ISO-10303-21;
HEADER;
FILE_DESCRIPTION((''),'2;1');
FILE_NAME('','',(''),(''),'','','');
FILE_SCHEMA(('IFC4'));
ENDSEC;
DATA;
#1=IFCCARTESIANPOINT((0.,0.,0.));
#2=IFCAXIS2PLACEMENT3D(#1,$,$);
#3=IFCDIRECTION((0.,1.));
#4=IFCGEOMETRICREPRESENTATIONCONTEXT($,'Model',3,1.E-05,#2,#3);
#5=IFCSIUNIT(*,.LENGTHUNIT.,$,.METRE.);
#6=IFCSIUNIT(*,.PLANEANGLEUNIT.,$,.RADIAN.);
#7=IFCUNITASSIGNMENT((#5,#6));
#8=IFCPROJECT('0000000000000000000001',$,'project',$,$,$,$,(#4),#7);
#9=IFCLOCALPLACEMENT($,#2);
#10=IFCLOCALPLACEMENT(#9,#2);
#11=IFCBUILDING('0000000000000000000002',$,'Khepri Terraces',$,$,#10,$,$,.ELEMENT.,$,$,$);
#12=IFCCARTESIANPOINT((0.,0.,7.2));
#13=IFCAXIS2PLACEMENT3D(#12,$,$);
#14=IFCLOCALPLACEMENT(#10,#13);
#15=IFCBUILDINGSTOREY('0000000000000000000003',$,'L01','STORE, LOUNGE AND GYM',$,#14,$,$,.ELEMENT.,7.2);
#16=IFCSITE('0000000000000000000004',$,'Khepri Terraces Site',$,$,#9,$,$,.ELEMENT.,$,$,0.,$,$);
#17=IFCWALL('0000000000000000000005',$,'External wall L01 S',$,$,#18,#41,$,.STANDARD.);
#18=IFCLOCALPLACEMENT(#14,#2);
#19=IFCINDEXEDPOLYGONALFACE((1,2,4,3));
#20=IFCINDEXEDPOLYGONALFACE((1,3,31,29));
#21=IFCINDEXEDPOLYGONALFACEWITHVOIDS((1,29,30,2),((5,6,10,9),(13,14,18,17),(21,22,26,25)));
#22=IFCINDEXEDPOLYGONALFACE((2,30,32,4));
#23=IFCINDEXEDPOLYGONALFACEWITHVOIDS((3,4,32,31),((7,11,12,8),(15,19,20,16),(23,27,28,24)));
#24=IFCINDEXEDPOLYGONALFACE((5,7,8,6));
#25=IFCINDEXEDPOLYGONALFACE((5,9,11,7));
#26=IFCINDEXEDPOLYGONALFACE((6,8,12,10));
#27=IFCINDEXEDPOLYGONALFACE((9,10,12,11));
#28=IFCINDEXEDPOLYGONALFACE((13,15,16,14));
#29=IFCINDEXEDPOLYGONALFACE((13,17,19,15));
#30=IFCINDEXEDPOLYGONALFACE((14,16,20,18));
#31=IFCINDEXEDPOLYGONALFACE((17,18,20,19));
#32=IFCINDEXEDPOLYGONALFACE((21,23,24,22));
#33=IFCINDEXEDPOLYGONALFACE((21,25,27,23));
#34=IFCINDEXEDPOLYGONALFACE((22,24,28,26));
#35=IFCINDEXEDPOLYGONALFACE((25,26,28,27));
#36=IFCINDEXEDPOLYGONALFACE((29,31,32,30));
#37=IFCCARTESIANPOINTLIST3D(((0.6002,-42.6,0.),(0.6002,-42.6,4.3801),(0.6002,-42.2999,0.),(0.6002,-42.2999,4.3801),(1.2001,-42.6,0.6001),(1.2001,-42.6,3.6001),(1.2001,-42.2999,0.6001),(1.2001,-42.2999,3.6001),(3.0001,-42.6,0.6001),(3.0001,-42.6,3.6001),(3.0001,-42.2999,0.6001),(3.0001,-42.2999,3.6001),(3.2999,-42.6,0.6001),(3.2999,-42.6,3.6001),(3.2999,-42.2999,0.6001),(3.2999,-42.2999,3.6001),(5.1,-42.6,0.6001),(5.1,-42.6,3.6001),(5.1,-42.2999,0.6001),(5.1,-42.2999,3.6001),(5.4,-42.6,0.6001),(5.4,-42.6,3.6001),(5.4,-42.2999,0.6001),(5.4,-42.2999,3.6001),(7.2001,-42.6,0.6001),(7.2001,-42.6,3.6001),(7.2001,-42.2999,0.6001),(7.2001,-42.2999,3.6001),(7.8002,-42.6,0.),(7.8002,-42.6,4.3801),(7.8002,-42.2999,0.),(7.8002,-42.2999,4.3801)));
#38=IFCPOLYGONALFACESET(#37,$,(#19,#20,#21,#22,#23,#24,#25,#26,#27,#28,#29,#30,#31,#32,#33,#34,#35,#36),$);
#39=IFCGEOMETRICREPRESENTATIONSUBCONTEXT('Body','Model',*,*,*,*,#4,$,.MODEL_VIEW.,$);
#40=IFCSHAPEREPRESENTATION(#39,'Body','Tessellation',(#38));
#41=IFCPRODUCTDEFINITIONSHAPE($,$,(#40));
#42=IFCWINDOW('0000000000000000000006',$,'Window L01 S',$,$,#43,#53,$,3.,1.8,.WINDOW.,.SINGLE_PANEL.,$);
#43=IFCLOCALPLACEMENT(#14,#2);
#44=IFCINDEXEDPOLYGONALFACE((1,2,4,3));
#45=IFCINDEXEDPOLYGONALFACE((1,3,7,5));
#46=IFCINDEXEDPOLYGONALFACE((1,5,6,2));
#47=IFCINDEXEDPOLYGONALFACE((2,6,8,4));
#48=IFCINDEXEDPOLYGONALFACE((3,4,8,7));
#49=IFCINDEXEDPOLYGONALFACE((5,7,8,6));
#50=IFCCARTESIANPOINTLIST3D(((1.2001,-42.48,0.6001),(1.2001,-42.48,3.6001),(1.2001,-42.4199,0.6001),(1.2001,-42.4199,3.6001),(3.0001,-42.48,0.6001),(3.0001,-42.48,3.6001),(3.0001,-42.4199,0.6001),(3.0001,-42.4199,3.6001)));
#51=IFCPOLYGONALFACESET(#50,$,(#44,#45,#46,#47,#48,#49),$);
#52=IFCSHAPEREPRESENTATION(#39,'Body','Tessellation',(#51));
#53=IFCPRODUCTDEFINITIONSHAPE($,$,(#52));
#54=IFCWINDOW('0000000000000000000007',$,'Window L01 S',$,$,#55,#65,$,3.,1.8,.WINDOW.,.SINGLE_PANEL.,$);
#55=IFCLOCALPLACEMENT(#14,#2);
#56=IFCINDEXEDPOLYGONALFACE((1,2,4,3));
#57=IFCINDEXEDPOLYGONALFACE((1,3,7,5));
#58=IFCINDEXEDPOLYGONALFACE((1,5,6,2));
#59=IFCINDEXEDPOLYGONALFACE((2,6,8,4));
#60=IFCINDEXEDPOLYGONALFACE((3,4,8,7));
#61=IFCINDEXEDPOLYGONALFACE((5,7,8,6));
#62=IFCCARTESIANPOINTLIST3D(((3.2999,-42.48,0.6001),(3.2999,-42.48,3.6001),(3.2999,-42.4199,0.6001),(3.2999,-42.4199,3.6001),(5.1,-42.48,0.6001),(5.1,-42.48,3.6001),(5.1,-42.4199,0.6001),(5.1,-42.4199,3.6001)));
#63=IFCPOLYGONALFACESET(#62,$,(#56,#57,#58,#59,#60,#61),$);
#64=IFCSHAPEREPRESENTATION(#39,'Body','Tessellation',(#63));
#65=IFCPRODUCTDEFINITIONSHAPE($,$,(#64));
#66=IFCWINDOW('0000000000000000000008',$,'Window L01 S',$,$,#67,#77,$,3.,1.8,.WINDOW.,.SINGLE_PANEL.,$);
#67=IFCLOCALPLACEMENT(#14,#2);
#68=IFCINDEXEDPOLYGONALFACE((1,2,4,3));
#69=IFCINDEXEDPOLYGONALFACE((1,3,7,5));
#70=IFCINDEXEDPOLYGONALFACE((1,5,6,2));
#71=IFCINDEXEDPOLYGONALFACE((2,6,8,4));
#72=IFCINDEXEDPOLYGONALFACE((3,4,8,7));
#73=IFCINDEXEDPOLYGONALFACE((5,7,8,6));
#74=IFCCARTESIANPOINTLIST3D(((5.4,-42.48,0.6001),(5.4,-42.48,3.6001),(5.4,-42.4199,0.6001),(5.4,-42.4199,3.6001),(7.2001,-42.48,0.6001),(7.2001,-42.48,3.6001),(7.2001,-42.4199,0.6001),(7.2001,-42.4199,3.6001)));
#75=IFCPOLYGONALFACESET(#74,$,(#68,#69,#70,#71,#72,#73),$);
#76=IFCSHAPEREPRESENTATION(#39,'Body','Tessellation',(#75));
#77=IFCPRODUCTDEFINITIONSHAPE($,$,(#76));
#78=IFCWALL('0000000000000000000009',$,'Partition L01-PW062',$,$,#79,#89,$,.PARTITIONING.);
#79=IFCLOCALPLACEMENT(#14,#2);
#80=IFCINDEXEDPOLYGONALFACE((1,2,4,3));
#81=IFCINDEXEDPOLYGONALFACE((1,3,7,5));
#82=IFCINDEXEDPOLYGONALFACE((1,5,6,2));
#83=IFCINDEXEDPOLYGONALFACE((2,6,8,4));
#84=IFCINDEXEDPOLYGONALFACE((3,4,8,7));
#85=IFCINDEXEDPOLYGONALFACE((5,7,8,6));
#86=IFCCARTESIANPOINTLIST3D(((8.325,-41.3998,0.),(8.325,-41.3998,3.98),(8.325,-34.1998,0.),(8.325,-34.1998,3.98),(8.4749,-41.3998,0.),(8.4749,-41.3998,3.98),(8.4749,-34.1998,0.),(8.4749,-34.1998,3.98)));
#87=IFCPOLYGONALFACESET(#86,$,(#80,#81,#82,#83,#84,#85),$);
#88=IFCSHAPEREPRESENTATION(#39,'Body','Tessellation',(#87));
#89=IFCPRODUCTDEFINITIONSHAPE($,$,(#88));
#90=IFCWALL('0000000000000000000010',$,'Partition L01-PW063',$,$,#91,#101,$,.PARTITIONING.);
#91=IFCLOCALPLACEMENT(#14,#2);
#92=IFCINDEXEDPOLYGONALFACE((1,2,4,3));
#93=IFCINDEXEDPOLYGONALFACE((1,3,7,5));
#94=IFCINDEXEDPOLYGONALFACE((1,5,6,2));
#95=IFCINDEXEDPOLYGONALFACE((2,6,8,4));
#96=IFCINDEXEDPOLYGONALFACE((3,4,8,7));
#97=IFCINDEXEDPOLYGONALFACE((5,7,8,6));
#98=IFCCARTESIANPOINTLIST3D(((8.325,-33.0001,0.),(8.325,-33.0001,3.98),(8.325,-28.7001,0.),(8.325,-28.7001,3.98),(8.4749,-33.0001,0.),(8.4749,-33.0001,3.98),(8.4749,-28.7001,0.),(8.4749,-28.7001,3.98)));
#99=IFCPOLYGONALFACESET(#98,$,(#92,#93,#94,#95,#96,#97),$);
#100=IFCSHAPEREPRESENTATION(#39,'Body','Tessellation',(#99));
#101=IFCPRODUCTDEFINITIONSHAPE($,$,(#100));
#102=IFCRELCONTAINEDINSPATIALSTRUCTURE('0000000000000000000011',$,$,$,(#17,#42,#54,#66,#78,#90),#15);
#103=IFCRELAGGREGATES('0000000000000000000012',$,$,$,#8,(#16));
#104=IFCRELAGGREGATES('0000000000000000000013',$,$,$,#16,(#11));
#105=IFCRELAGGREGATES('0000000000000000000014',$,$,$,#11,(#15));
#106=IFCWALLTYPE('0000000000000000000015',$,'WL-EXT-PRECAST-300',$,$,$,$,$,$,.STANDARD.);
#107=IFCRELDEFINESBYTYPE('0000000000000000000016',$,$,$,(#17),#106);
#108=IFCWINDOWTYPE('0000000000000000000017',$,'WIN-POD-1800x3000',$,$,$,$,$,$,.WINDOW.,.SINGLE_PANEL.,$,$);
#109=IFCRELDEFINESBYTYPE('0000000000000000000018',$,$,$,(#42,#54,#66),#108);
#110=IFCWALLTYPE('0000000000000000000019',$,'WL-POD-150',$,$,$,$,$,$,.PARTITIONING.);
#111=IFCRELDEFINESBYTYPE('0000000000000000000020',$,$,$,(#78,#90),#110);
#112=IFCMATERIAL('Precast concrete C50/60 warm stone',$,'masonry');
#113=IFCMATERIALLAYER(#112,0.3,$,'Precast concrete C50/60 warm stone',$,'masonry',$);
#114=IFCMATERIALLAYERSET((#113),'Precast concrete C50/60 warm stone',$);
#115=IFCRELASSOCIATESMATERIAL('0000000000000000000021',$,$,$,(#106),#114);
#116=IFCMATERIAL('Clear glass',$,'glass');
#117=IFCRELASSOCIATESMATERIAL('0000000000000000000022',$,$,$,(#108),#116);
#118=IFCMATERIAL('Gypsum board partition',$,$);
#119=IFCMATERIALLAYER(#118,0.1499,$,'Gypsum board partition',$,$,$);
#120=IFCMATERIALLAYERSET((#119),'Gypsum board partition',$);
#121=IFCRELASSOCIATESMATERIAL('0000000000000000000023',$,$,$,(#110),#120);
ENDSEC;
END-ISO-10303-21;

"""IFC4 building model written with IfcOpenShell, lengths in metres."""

from ifc_helpers import new_model, si_unit, direction, frame, frame_2d, origin, place, context, subcontext, project, spatial, rectangle, extrude, material, layer, layer_set, type_object, element, fill, save


model = new_model("IFC4")

# Units and contexts
model_context = context("Model", 3, precision=1e-05, world=origin(), true_north=direction((0.0, 1.0)))
body_context = subcontext(model_context, "Body", "Model", "MODEL_VIEW")
ifc_project = project(units=[si_unit("LENGTHUNIT", "METRE"), si_unit("PLANEANGLEUNIT", "RADIAN")], contexts=[model_context])

# Site, building, storey
site_placement = place(None, origin())
site = spatial("IfcSite", under=ifc_project, at=site_placement, Name="Khepri Terraces Site", CompositionType="ELEMENT", RefElevation=0.0)
building_placement = place(site_placement, origin())
building = spatial("IfcBuilding", under=site, at=building_placement, Name="Khepri Terraces", CompositionType="ELEMENT")
storey_placement = place(building_placement, frame((0.0, 0.0, 7.2)))
storey = spatial("IfcBuildingStorey", under=building, at=storey_placement, Name="L01", Description="STORE, LOUNGE AND GYM", CompositionType="ELEMENT", Elevation=7.2)

# Wall, openings, windows
ifc_material_1 = material(Name="Precast concrete C50/60 warm stone", Category="masonry")
ifc_layer_1 = layer(ifc_material_1, 0.3, Name="Precast concrete C50/60 warm stone", Category="masonry")
ifc_layer_set_1 = layer_set([ifc_layer_1], Name="Precast concrete C50/60 warm stone")
wall_type_1 = type_object("IfcWallType", Name="WL-EXT-PRECAST-300", PredefinedType="STANDARD", material=ifc_layer_set_1)
wall_1_placement = place(storey_placement, frame((0.6001, -42.45, 0.0), z_axis=(0.0, 0.0, 1.0), x_axis=(1.0, 0.0, 0.0)))
wall_1 = element("IfcWall", 1, at=wall_1_placement, inside=storey, type_object=wall_type_1, Name="External wall L01 S", PredefinedType="STANDARD", context=body_context, shape_type="SweptSolid", body=[
    extrude(rectangle(XDim=7.2, YDim=0.3, at=frame_2d((3.6001, 0.0))), origin(), (0.0, 0.0, 1.0), 4.3801),
])
opening_1_placement = place(wall_1_placement, frame((0.6001, 0.0, 0.6001)))
opening_1 = element("IfcOpeningElement", 2, at=opening_1_placement, cuts=wall_1, PredefinedType="OPENING", context=body_context, shape_type="SweptSolid", body=[
    extrude(rectangle(XDim=1.8, YDim=3.0, at=frame_2d((0.8999, 1.5))), frame((0.0, 0.1602, 0.0), z_axis=(0.0, -1.0, 0.0), x_axis=(1.0, 0.0, 0.0)), (0.0, 0.0, 1.0), 0.3201),
])
opening_2_placement = place(wall_1_placement, frame((2.7, 0.0, 0.6001)))
opening_2 = element("IfcOpeningElement", 3, at=opening_2_placement, cuts=wall_1, PredefinedType="OPENING", context=body_context, shape_type="SweptSolid", body=[
    extrude(rectangle(XDim=1.8, YDim=3.0, at=frame_2d((0.8999, 1.5))), frame((0.0, 0.1602, 0.0), z_axis=(0.0, -1.0, 0.0), x_axis=(1.0, 0.0, 0.0)), (0.0, 0.0, 1.0), 0.3201),
])
opening_3_placement = place(wall_1_placement, frame((4.8, 0.0, 0.6001)))
opening_3 = element("IfcOpeningElement", 4, at=opening_3_placement, cuts=wall_1, PredefinedType="OPENING", context=body_context, shape_type="SweptSolid", body=[
    extrude(rectangle(XDim=1.8, YDim=3.0, at=frame_2d((0.8999, 1.5))), frame((0.0, 0.1602, 0.0), z_axis=(0.0, -1.0, 0.0), x_axis=(1.0, 0.0, 0.0)), (0.0, 0.0, 1.0), 0.3201),
])
ifc_material_2 = material(Name="Clear glass", Category="glass")
window_type = type_object("IfcWindowType", Name="WIN-POD-1800x3000", PartitioningType="SINGLE_PANEL", PredefinedType="WINDOW", material=ifc_material_2)
window_1_placement = place(opening_1_placement, origin())
window_1 = element("IfcWindow", 5, at=window_1_placement, inside=storey, type_object=window_type, Name="Window L01 S", OverallHeight=3.0, OverallWidth=1.8, PartitioningType="SINGLE_PANEL", PredefinedType="WINDOW", context=body_context, shape_type="SweptSolid", body=[
    extrude(rectangle(XDim=1.8, YDim=3.0, at=frame_2d((0.8999, 1.5))), frame((0.0, 0.03, 0.0), z_axis=(0.0, -1.0, 0.0), x_axis=(1.0, 0.0, 0.0)), (0.0, 0.0, 1.0), 0.0601),
])
fill(opening_1, window_1)
window_2_placement = place(opening_2_placement, origin())
window_2 = element("IfcWindow", 6, at=window_2_placement, inside=storey, type_object=window_type, Name="Window L01 S", OverallHeight=3.0, OverallWidth=1.8, PartitioningType="SINGLE_PANEL", PredefinedType="WINDOW", context=body_context, shape_type="SweptSolid", body=[
    extrude(rectangle(XDim=1.8, YDim=3.0, at=frame_2d((0.8999, 1.5))), frame((0.0, 0.03, 0.0), z_axis=(0.0, -1.0, 0.0), x_axis=(1.0, 0.0, 0.0)), (0.0, 0.0, 1.0), 0.0601),
])
fill(opening_2, window_2)
window_3_placement = place(opening_3_placement, origin())
window_3 = element("IfcWindow", 7, at=window_3_placement, inside=storey, type_object=window_type, Name="Window L01 S", OverallHeight=3.0, OverallWidth=1.8, PartitioningType="SINGLE_PANEL", PredefinedType="WINDOW", context=body_context, shape_type="SweptSolid", body=[
    extrude(rectangle(XDim=1.8, YDim=3.0, at=frame_2d((0.8999, 1.5))), frame((0.0, 0.03, 0.0), z_axis=(0.0, -1.0, 0.0), x_axis=(1.0, 0.0, 0.0)), (0.0, 0.0, 1.0), 0.0601),
])
fill(opening_3, window_3)

# Walls
ifc_material_3 = material(Name="Gypsum board partition")
ifc_layer_2 = layer(ifc_material_3, 0.1499, Name="Gypsum board partition")
ifc_layer_set_2 = layer_set([ifc_layer_2], Name="Gypsum board partition")
wall_type_2 = type_object("IfcWallType", Name="WL-POD-150", PredefinedType="PARTITIONING", material=ifc_layer_set_2)
wall_2_placement = place(storey_placement, frame((8.3999, -41.3999, 0.0), z_axis=(0.0, 0.0, 1.0), x_axis=(0.0, 1.0, 0.0)))
element("IfcWall", 8, at=wall_2_placement, inside=storey, type_object=wall_type_2, Name="Partition L01-PW062", PredefinedType="PARTITIONING", context=body_context, shape_type="SweptSolid", body=[
    extrude(rectangle(XDim=7.2, YDim=0.1499, at=frame_2d((3.6001, 0.0))), origin(), (0.0, 0.0, 1.0), 3.98),
])
wall_3_placement = place(storey_placement, frame((8.3999, -33.0, 0.0), z_axis=(0.0, 0.0, 1.0), x_axis=(0.0, 1.0, 0.0)))
element("IfcWall", 9, at=wall_3_placement, inside=storey, type_object=wall_type_2, Name="Partition L01-PW063", PredefinedType="PARTITIONING", context=body_context, shape_type="SweptSolid", body=[
    extrude(rectangle(XDim=4.3, YDim=0.1499, at=frame_2d((2.1499, 0.0))), origin(), (0.0, 0.0, 1.0), 3.98),
])

save(model, "model.ifc")
